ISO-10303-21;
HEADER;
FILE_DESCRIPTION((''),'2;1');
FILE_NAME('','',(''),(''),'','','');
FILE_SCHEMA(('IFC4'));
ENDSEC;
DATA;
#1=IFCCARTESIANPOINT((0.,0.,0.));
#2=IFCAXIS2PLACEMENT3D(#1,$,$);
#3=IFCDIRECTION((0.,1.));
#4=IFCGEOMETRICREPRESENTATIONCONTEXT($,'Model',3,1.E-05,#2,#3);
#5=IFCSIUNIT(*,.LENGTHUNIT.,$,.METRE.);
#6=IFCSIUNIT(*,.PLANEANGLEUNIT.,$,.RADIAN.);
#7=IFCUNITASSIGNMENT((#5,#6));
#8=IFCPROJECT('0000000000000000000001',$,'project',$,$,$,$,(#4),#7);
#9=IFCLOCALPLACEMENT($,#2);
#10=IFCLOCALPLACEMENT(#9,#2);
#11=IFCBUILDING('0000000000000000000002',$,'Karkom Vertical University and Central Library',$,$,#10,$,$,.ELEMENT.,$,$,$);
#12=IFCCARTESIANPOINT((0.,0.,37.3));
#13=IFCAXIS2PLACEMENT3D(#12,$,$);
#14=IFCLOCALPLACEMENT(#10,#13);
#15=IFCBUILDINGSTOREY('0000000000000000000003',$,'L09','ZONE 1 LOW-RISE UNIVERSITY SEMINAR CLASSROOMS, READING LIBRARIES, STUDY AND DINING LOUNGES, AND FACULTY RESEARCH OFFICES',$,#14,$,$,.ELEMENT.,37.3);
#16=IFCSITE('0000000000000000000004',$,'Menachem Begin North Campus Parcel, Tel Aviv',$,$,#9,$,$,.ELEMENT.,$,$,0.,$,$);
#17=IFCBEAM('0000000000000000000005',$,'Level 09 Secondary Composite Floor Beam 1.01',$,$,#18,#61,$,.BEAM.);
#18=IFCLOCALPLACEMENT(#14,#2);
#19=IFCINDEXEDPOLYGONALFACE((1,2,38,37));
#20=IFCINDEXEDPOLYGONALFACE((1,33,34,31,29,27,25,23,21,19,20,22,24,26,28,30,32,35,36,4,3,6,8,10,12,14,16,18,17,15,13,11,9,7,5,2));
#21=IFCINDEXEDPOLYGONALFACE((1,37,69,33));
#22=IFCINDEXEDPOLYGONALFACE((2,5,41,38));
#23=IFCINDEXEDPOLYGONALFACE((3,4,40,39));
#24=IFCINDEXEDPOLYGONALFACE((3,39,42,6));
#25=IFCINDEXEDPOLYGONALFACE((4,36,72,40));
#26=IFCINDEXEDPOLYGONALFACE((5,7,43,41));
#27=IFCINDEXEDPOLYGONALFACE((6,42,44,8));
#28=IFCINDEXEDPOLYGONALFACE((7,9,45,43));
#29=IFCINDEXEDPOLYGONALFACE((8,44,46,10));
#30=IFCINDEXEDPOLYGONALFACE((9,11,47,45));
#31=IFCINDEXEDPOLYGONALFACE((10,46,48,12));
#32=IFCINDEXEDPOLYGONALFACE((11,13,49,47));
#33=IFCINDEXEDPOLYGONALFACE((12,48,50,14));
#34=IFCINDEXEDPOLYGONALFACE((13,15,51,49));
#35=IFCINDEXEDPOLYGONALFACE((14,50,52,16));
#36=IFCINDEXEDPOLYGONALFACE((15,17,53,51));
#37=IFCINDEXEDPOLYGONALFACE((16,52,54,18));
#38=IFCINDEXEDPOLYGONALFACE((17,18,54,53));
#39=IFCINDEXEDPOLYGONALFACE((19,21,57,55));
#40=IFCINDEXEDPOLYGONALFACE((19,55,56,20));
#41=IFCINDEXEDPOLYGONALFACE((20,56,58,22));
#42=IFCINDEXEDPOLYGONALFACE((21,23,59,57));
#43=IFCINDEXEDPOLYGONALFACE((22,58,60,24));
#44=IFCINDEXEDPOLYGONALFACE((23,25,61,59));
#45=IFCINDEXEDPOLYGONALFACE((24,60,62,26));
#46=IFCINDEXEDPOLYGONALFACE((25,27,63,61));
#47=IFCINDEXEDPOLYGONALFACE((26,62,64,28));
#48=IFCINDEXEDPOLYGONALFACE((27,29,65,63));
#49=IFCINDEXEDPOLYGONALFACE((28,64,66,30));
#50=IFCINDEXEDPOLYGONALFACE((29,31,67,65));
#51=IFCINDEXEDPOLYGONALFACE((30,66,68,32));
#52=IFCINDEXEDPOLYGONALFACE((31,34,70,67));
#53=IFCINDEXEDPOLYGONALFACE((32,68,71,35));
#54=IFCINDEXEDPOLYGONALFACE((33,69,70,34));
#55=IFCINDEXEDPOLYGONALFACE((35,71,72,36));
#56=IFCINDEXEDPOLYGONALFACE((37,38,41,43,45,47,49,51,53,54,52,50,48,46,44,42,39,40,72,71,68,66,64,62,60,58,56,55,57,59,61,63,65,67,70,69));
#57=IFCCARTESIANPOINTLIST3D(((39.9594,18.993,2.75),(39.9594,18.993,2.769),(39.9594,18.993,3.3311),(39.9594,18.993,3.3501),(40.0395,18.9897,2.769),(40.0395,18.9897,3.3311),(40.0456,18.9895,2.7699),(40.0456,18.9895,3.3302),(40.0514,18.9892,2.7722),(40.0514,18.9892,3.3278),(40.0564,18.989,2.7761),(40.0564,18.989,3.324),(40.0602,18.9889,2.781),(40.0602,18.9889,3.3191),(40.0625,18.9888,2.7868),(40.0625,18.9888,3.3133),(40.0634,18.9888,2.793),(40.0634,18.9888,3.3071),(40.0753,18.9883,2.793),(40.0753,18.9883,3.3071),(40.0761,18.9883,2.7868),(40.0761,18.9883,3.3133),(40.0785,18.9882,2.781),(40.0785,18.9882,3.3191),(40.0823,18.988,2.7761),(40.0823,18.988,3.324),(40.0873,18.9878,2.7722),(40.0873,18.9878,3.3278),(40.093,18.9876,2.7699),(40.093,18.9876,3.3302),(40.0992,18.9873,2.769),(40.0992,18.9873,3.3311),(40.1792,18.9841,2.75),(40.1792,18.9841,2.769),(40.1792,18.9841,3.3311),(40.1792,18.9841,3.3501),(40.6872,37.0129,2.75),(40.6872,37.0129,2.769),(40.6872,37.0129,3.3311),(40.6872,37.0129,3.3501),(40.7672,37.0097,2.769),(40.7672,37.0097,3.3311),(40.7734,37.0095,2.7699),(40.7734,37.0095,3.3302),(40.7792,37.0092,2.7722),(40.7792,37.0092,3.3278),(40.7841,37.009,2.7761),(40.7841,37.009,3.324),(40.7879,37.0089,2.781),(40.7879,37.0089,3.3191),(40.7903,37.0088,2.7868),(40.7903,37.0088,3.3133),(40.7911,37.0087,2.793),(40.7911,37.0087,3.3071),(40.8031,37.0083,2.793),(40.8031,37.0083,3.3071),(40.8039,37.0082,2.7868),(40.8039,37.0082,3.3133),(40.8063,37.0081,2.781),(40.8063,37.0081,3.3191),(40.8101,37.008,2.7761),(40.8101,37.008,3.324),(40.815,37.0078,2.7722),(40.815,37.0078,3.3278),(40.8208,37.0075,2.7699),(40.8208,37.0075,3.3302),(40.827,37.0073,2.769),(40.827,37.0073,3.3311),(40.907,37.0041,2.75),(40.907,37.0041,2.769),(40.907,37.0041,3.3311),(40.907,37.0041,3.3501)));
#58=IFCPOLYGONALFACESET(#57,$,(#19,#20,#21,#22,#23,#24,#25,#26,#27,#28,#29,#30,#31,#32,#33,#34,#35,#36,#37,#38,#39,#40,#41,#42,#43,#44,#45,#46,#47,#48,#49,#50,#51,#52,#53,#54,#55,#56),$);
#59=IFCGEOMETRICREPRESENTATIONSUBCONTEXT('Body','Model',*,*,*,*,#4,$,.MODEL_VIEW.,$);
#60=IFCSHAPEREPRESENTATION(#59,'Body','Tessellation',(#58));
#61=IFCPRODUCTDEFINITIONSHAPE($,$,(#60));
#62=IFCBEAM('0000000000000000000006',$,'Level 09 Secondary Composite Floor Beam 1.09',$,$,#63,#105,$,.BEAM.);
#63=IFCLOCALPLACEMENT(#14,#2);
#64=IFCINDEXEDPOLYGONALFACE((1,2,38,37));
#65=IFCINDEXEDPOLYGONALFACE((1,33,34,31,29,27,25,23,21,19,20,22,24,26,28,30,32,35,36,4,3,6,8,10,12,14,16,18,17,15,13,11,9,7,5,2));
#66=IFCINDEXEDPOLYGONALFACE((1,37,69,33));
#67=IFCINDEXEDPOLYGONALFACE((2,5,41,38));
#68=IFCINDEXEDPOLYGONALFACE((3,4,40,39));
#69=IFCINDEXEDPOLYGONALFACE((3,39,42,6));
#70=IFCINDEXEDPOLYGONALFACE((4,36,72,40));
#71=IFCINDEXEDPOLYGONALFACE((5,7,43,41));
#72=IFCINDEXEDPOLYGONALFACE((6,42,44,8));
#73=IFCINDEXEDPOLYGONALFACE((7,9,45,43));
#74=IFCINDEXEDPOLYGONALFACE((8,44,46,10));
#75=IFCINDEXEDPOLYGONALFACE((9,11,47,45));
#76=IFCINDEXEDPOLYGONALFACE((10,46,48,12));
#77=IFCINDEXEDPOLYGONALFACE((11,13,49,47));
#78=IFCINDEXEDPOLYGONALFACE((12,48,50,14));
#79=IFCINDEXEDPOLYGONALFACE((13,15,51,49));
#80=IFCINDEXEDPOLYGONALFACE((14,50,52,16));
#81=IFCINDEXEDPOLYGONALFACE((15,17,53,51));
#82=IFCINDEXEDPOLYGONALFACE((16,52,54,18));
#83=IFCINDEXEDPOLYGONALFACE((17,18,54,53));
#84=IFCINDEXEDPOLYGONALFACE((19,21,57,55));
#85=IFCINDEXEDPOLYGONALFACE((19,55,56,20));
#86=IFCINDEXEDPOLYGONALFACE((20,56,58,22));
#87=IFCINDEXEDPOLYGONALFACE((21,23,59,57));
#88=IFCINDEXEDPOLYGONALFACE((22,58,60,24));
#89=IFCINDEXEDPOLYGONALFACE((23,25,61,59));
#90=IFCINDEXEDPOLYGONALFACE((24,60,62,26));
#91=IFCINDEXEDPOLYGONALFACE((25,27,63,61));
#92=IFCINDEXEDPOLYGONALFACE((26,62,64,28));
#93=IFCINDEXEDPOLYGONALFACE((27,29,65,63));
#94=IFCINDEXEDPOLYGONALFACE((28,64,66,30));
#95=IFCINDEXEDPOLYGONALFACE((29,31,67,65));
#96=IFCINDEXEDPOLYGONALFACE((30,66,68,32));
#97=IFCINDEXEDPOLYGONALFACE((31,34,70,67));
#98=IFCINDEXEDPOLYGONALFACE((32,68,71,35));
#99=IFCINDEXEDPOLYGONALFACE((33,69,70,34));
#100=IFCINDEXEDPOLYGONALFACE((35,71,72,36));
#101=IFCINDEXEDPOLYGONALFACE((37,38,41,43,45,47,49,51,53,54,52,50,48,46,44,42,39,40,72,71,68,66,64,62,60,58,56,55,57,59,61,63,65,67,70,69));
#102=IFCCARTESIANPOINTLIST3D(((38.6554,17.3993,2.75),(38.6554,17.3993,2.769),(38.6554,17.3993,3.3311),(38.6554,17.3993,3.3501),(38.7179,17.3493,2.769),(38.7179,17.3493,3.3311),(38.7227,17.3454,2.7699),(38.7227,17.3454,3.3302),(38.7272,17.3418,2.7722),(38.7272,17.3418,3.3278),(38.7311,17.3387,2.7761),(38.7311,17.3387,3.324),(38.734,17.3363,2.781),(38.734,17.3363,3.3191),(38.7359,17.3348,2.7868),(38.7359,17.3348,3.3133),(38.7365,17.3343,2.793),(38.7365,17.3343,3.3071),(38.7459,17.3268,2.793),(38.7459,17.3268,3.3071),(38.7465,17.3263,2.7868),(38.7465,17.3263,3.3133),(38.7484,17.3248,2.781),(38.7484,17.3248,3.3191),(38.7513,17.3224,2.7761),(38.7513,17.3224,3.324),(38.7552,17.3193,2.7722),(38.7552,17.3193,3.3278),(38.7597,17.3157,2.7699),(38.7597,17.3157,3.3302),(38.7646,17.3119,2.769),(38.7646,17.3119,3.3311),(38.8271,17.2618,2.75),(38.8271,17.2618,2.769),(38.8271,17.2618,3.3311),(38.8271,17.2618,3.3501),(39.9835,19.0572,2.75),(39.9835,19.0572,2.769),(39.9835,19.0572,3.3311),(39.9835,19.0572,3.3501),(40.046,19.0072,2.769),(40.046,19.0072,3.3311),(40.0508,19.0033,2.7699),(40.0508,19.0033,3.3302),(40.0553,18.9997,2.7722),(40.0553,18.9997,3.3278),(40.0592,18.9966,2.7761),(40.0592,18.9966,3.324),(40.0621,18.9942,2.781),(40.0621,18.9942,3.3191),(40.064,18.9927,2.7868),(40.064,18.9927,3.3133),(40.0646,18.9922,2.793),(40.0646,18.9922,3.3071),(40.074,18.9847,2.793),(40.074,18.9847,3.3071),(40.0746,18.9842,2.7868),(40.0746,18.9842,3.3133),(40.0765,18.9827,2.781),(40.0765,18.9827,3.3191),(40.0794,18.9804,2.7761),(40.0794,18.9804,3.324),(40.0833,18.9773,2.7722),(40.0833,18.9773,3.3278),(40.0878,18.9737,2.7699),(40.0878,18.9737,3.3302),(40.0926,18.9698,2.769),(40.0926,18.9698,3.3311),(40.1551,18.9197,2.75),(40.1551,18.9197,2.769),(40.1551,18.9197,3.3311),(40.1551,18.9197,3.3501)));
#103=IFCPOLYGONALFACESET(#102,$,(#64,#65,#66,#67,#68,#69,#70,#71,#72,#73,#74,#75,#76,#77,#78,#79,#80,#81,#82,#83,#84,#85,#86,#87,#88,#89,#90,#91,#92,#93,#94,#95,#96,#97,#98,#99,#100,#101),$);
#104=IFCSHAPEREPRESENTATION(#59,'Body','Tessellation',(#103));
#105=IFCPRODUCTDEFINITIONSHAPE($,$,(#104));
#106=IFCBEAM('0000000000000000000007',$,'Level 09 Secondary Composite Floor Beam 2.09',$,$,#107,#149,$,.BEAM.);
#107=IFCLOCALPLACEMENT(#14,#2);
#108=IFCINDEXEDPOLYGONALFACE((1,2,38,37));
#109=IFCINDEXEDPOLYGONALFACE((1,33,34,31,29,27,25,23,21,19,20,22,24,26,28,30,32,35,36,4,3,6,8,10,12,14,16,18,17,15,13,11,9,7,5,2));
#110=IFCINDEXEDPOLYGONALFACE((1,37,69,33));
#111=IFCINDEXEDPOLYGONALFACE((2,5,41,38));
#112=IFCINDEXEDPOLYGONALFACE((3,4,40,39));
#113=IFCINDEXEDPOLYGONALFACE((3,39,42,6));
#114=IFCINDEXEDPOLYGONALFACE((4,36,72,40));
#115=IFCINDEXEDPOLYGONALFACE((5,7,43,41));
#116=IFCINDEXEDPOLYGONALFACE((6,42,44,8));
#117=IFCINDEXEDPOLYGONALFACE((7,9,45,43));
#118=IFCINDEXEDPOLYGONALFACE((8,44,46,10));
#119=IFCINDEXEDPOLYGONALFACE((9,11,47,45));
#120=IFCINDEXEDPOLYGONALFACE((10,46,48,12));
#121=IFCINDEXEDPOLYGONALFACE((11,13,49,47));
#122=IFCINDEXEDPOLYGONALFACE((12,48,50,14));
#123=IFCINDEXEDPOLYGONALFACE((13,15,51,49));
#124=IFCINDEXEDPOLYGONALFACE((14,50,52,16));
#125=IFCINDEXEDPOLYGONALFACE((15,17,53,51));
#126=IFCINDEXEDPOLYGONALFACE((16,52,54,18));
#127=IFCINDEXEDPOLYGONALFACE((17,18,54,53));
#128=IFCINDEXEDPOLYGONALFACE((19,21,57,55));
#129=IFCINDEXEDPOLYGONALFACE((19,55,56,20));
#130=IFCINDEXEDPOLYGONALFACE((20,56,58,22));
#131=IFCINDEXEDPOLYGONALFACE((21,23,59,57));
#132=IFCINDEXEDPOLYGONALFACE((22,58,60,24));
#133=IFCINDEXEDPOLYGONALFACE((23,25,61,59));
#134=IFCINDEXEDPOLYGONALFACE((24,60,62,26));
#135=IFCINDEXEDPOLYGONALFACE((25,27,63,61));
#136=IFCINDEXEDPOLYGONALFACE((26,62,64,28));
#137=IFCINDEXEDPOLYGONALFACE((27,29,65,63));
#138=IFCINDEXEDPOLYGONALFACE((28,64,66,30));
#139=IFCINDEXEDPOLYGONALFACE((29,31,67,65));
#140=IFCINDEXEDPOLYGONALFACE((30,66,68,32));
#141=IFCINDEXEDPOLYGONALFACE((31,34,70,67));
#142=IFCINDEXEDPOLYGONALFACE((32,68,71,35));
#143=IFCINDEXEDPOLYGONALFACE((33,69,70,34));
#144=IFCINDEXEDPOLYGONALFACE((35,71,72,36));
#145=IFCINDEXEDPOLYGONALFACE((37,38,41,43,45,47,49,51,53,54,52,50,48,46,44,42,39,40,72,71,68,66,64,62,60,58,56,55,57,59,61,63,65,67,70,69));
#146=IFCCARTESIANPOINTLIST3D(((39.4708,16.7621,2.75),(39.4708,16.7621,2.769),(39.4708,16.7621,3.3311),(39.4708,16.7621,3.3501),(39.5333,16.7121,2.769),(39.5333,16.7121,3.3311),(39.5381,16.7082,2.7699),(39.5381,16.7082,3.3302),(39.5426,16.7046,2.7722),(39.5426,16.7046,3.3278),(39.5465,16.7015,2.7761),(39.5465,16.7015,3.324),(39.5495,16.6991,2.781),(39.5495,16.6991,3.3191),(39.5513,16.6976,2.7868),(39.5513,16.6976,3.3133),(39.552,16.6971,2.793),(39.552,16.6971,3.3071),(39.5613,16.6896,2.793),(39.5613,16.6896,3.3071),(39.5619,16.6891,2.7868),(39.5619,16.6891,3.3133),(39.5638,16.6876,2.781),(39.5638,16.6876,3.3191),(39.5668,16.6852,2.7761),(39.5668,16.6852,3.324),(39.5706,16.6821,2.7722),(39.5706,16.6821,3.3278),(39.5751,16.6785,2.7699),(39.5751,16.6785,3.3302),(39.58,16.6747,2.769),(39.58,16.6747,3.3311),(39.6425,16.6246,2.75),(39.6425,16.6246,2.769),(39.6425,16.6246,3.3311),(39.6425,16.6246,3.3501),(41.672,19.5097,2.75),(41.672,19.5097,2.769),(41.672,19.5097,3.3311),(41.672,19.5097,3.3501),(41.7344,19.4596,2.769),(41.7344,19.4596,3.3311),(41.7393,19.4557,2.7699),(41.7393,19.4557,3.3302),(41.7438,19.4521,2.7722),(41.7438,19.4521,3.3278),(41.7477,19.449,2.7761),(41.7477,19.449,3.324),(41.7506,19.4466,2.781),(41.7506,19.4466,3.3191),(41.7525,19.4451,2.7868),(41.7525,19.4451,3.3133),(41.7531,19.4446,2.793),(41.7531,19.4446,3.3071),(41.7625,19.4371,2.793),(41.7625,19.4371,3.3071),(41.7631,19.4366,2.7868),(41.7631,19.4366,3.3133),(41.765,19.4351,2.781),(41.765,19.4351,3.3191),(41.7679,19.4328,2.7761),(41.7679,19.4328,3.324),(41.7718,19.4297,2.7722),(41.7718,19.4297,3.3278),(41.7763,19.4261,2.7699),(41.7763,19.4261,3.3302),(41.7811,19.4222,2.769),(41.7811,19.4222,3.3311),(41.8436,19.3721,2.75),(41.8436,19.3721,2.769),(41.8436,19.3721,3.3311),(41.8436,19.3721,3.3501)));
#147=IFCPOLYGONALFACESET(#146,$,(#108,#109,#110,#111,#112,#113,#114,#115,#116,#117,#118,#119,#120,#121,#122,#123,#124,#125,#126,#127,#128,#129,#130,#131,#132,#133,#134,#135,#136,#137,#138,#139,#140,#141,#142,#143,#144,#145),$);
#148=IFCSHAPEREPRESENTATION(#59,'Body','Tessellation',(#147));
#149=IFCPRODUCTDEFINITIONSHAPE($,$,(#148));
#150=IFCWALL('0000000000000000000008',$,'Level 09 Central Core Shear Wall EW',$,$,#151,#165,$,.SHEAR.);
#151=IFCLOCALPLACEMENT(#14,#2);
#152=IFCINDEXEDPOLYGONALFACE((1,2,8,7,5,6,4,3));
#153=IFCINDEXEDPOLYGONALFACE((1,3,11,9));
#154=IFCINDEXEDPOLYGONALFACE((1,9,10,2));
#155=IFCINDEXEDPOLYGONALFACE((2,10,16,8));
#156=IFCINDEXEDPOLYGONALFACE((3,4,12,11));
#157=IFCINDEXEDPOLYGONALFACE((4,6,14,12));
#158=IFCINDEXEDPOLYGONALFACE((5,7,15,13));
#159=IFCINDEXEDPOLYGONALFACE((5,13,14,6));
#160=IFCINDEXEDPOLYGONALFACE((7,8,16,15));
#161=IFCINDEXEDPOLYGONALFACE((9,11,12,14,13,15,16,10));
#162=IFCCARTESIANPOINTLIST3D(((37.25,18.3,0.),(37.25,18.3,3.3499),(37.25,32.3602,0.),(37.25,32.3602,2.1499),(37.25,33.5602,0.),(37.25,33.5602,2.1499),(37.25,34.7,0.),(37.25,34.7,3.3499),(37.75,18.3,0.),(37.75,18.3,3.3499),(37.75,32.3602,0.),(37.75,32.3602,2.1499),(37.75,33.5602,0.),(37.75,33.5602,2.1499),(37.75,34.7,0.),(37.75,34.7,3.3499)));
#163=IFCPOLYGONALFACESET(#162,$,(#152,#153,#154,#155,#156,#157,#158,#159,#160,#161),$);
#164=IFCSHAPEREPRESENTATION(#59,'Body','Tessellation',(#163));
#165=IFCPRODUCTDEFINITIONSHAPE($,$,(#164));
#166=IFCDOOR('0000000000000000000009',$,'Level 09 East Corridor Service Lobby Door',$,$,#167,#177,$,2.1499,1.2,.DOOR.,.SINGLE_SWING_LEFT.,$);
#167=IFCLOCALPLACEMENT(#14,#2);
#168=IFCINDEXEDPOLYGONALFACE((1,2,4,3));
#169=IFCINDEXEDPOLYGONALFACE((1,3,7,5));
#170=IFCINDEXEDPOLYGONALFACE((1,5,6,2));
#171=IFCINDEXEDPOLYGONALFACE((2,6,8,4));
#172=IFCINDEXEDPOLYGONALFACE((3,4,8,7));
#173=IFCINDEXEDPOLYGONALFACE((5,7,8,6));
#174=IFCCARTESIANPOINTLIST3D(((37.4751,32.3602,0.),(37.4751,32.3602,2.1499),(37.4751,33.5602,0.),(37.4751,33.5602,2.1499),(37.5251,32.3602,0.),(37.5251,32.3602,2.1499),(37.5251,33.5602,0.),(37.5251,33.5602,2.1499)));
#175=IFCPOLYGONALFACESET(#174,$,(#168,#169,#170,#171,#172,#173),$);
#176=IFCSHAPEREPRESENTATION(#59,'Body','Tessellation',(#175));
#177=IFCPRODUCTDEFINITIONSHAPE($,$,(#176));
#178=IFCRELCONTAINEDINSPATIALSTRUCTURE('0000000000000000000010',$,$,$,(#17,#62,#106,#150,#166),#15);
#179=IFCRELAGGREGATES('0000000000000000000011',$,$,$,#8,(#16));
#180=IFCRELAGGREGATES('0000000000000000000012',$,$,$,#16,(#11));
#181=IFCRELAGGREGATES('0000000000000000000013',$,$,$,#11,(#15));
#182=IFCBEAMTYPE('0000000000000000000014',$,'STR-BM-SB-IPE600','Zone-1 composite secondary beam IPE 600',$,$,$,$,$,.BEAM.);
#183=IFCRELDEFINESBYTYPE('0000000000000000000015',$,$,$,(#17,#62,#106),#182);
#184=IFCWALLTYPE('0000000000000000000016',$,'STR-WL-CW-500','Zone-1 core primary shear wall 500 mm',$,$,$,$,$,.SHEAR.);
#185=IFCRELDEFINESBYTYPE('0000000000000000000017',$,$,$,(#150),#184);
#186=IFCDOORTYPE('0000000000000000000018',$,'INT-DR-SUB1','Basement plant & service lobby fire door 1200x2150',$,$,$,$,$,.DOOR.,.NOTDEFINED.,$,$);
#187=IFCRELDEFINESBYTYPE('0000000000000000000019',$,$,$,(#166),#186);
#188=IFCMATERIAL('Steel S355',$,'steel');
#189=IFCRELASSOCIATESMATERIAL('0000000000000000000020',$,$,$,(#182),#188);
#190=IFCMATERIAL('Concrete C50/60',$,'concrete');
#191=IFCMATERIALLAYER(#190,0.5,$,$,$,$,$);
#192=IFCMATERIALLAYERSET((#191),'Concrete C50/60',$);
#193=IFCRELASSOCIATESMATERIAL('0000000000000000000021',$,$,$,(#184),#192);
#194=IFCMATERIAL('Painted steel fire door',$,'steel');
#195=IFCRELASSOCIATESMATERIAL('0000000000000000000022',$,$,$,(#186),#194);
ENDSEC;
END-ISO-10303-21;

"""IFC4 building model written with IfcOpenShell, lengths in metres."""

from ifc_helpers import new_model, si_unit, direction, frame, frame_2d, origin, origin_with_axes, origin_2d, place, context, subcontext, project, spatial, rectangle, i_section, extrude, source, transform, mapped, material, layer, layer_set, material_profile, profile_set, type_object, element, fill, save


model = new_model("IFC4")

# Units and contexts
model_context = context("Model", 3, precision=1e-05, world=origin(), true_north=direction((0.0, 1.0)))
body_context = subcontext(model_context, "Body", "Model", "MODEL_VIEW")
ifc_project = project(units=[si_unit("LENGTHUNIT", "METRE"), si_unit("PLANEANGLEUNIT", "RADIAN")], contexts=[model_context])

# Site, building, storey
site_placement = place(None, origin())
site = spatial("IfcSite", under=ifc_project, at=site_placement, Name="Menachem Begin North Campus Parcel, Tel Aviv", CompositionType="ELEMENT", RefElevation=0.0)
building_placement = place(site_placement, origin())
building = spatial("IfcBuilding", under=site, at=building_placement, Name="Karkom Vertical University and Central Library", CompositionType="ELEMENT")
storey_placement = place(building_placement, frame((0.0, 0.0, 37.3)))
storey = spatial("IfcBuildingStorey", under=building, at=storey_placement, Name="L09", Description="ZONE 1 LOW-RISE UNIVERSITY SEMINAR CLASSROOMS, READING LIBRARIES, STUDY AND DINING LOUNGES, AND FACULTY RESEARCH OFFICES", CompositionType="ELEMENT", Elevation=37.3)

# Shared definitions
ifc_material_1 = material(Name="Concrete C50/60", Category="concrete")

# Beams
ifc_material_2 = material(Name="Steel S355", Category="steel")
ifc_material_profile_1 = material_profile(ifc_material_2, i_section(OverallWidth=0.22, OverallDepth=0.6001, WebThickness=0.012, FlangeThickness=0.019, FilletRadius=0.0239, at=origin_2d()), Name="IPE 600")
ifc_profile_set_1 = profile_set([ifc_material_profile_1], Name="Steel S355")
beam_type_1 = type_object("IfcBeamType", Name="STR-BM-SB-IPE600", Description="Zone-1 composite secondary beam IPE 600", PredefinedType="BEAM", material=ifc_profile_set_1)
shared_shape_1 = source(origin_with_axes(), body_context, "Body", "SweptSolid", [
    extrude(i_section(OverallWidth=0.22, OverallDepth=0.6001, WebThickness=0.012, FlangeThickness=0.019, FilletRadius=0.0239, at=origin_2d()), origin(), (0.0, 0.0, 1.0), 18.0347),
])
beam_1_placement = place(storey_placement, frame((40.0693, 18.9885, 3.05), z_axis=(0.040355, 0.999185, 0.0), x_axis=(-0.999185, 0.040355, 0.0)))
element("IfcBeam", 1, at=beam_1_placement, inside=storey, type_object=beam_type_1, Name="Level 09 Secondary Composite Floor Beam 1.01", PredefinedType="BEAM", context=body_context, shape_type="MappedRepresentation", body=[
    mapped(shared_shape_1, transform((0.0, 0.0, 0.0), scale=1.0)),
])
shared_shape_2 = source(origin_with_axes(), body_context, "Body", "SweptSolid", [
    extrude(i_section(OverallWidth=0.22, OverallDepth=0.6001, WebThickness=0.012, FlangeThickness=0.019, FilletRadius=0.0239, at=origin_2d()), origin(), (0.0, 0.0, 1.0), 2.1243),
])
beam_2_placement = place(storey_placement, frame((38.7412, 17.3306, 3.05), z_axis=(0.625199, 0.780465, 0.0), x_axis=(-0.780465, 0.625199, 0.0)))
element("IfcBeam", 2, at=beam_2_placement, inside=storey, type_object=beam_type_1, Name="Level 09 Secondary Composite Floor Beam 1.09", PredefinedType="BEAM", context=body_context, shape_type="MappedRepresentation", body=[
    mapped(shared_shape_2, transform((0.0, 0.0, 0.0), scale=1.0)),
])
shared_shape_3 = source(origin_with_axes(), body_context, "Body", "SweptSolid", [
    extrude(i_section(OverallWidth=0.22, OverallDepth=0.6001, WebThickness=0.012, FlangeThickness=0.019, FilletRadius=0.0239, at=origin_2d()), origin(), (0.0, 0.0, 1.0), 3.5205),
])
beam_3_placement = place(storey_placement, frame((39.5566, 16.6934, 3.05), z_axis=(0.625236, 0.780436, 0.0), x_axis=(-0.780436, 0.625236, 0.0)))
element("IfcBeam", 3, at=beam_3_placement, inside=storey, type_object=beam_type_1, Name="Level 09 Secondary Composite Floor Beam 2.09", PredefinedType="BEAM", context=body_context, shape_type="MappedRepresentation", body=[
    mapped(shared_shape_3, transform((0.0, 0.0, 0.0), scale=1.0)),
])

# Wall, opening, door
ifc_layer_1 = layer(ifc_material_1, 0.5)
ifc_layer_set_1 = layer_set([ifc_layer_1], Name="Concrete C50/60")
wall_type_1 = type_object("IfcWallType", Name="STR-WL-CW-500", Description="Zone-1 core primary shear wall 500 mm", PredefinedType="SHEAR", material=ifc_layer_set_1)
wall_1_placement = place(storey_placement, frame((37.5, 18.3, 0.0), z_axis=(0.0, 0.0, 1.0), x_axis=(0.0, 1.0, 0.0)))
wall_1 = element("IfcWall", 4, at=wall_1_placement, inside=storey, type_object=wall_type_1, Name="Level 09 Central Core Shear Wall EW", PredefinedType="SHEAR", context=body_context, shape_type="SweptSolid", body=[
    extrude(rectangle(XDim=16.3999, YDim=0.5, at=frame_2d((8.2, 0.0))), origin(), (0.0, 0.0, 1.0), 3.3499),
])
opening_placement = place(wall_1_placement, frame((14.0601, 0.0, 0.0)))
opening = element("IfcOpeningElement", 5, at=opening_placement, cuts=wall_1, PredefinedType="OPENING", context=body_context, shape_type="SweptSolid", body=[
    extrude(rectangle(XDim=1.2, YDim=2.1499, at=frame_2d((0.6001, 1.075))), frame((0.0, 0.26, 0.0), z_axis=(0.0, -1.0, 0.0), x_axis=(1.0, 0.0, 0.0)), (0.0, 0.0, 1.0), 0.52),
])
ifc_material_3 = material(Name="Painted steel fire door", Category="steel")
door_type = type_object("IfcDoorType", Name="INT-DR-SUB1", Description="Basement plant & service lobby fire door 1200x2150", OperationType="NOTDEFINED", PredefinedType="DOOR", material=ifc_material_3)
shared_shape_4 = source(origin_with_axes(), body_context, "Body", "SweptSolid", [
    extrude(rectangle(XDim=1.2, YDim=2.1499, at=frame_2d((0.6001, 1.075))), frame((0.0, 0.0249, 0.0), z_axis=(0.0, -1.0, 0.0), x_axis=(1.0, 0.0, 0.0)), (0.0, 0.0, 1.0), 0.05),
])
door_placement = place(opening_placement, origin())
door = element("IfcDoor", 6, at=door_placement, inside=storey, type_object=door_type, Name="Level 09 East Corridor Service Lobby Door", OperationType="SINGLE_SWING_LEFT", OverallHeight=2.1499, OverallWidth=1.2, PredefinedType="DOOR", context=body_context, shape_type="MappedRepresentation", body=[
    mapped(shared_shape_4, transform((0.0, 0.0, 0.0), scale=1.0)),
])
fill(opening, door)

save(model, "model.ifc")
